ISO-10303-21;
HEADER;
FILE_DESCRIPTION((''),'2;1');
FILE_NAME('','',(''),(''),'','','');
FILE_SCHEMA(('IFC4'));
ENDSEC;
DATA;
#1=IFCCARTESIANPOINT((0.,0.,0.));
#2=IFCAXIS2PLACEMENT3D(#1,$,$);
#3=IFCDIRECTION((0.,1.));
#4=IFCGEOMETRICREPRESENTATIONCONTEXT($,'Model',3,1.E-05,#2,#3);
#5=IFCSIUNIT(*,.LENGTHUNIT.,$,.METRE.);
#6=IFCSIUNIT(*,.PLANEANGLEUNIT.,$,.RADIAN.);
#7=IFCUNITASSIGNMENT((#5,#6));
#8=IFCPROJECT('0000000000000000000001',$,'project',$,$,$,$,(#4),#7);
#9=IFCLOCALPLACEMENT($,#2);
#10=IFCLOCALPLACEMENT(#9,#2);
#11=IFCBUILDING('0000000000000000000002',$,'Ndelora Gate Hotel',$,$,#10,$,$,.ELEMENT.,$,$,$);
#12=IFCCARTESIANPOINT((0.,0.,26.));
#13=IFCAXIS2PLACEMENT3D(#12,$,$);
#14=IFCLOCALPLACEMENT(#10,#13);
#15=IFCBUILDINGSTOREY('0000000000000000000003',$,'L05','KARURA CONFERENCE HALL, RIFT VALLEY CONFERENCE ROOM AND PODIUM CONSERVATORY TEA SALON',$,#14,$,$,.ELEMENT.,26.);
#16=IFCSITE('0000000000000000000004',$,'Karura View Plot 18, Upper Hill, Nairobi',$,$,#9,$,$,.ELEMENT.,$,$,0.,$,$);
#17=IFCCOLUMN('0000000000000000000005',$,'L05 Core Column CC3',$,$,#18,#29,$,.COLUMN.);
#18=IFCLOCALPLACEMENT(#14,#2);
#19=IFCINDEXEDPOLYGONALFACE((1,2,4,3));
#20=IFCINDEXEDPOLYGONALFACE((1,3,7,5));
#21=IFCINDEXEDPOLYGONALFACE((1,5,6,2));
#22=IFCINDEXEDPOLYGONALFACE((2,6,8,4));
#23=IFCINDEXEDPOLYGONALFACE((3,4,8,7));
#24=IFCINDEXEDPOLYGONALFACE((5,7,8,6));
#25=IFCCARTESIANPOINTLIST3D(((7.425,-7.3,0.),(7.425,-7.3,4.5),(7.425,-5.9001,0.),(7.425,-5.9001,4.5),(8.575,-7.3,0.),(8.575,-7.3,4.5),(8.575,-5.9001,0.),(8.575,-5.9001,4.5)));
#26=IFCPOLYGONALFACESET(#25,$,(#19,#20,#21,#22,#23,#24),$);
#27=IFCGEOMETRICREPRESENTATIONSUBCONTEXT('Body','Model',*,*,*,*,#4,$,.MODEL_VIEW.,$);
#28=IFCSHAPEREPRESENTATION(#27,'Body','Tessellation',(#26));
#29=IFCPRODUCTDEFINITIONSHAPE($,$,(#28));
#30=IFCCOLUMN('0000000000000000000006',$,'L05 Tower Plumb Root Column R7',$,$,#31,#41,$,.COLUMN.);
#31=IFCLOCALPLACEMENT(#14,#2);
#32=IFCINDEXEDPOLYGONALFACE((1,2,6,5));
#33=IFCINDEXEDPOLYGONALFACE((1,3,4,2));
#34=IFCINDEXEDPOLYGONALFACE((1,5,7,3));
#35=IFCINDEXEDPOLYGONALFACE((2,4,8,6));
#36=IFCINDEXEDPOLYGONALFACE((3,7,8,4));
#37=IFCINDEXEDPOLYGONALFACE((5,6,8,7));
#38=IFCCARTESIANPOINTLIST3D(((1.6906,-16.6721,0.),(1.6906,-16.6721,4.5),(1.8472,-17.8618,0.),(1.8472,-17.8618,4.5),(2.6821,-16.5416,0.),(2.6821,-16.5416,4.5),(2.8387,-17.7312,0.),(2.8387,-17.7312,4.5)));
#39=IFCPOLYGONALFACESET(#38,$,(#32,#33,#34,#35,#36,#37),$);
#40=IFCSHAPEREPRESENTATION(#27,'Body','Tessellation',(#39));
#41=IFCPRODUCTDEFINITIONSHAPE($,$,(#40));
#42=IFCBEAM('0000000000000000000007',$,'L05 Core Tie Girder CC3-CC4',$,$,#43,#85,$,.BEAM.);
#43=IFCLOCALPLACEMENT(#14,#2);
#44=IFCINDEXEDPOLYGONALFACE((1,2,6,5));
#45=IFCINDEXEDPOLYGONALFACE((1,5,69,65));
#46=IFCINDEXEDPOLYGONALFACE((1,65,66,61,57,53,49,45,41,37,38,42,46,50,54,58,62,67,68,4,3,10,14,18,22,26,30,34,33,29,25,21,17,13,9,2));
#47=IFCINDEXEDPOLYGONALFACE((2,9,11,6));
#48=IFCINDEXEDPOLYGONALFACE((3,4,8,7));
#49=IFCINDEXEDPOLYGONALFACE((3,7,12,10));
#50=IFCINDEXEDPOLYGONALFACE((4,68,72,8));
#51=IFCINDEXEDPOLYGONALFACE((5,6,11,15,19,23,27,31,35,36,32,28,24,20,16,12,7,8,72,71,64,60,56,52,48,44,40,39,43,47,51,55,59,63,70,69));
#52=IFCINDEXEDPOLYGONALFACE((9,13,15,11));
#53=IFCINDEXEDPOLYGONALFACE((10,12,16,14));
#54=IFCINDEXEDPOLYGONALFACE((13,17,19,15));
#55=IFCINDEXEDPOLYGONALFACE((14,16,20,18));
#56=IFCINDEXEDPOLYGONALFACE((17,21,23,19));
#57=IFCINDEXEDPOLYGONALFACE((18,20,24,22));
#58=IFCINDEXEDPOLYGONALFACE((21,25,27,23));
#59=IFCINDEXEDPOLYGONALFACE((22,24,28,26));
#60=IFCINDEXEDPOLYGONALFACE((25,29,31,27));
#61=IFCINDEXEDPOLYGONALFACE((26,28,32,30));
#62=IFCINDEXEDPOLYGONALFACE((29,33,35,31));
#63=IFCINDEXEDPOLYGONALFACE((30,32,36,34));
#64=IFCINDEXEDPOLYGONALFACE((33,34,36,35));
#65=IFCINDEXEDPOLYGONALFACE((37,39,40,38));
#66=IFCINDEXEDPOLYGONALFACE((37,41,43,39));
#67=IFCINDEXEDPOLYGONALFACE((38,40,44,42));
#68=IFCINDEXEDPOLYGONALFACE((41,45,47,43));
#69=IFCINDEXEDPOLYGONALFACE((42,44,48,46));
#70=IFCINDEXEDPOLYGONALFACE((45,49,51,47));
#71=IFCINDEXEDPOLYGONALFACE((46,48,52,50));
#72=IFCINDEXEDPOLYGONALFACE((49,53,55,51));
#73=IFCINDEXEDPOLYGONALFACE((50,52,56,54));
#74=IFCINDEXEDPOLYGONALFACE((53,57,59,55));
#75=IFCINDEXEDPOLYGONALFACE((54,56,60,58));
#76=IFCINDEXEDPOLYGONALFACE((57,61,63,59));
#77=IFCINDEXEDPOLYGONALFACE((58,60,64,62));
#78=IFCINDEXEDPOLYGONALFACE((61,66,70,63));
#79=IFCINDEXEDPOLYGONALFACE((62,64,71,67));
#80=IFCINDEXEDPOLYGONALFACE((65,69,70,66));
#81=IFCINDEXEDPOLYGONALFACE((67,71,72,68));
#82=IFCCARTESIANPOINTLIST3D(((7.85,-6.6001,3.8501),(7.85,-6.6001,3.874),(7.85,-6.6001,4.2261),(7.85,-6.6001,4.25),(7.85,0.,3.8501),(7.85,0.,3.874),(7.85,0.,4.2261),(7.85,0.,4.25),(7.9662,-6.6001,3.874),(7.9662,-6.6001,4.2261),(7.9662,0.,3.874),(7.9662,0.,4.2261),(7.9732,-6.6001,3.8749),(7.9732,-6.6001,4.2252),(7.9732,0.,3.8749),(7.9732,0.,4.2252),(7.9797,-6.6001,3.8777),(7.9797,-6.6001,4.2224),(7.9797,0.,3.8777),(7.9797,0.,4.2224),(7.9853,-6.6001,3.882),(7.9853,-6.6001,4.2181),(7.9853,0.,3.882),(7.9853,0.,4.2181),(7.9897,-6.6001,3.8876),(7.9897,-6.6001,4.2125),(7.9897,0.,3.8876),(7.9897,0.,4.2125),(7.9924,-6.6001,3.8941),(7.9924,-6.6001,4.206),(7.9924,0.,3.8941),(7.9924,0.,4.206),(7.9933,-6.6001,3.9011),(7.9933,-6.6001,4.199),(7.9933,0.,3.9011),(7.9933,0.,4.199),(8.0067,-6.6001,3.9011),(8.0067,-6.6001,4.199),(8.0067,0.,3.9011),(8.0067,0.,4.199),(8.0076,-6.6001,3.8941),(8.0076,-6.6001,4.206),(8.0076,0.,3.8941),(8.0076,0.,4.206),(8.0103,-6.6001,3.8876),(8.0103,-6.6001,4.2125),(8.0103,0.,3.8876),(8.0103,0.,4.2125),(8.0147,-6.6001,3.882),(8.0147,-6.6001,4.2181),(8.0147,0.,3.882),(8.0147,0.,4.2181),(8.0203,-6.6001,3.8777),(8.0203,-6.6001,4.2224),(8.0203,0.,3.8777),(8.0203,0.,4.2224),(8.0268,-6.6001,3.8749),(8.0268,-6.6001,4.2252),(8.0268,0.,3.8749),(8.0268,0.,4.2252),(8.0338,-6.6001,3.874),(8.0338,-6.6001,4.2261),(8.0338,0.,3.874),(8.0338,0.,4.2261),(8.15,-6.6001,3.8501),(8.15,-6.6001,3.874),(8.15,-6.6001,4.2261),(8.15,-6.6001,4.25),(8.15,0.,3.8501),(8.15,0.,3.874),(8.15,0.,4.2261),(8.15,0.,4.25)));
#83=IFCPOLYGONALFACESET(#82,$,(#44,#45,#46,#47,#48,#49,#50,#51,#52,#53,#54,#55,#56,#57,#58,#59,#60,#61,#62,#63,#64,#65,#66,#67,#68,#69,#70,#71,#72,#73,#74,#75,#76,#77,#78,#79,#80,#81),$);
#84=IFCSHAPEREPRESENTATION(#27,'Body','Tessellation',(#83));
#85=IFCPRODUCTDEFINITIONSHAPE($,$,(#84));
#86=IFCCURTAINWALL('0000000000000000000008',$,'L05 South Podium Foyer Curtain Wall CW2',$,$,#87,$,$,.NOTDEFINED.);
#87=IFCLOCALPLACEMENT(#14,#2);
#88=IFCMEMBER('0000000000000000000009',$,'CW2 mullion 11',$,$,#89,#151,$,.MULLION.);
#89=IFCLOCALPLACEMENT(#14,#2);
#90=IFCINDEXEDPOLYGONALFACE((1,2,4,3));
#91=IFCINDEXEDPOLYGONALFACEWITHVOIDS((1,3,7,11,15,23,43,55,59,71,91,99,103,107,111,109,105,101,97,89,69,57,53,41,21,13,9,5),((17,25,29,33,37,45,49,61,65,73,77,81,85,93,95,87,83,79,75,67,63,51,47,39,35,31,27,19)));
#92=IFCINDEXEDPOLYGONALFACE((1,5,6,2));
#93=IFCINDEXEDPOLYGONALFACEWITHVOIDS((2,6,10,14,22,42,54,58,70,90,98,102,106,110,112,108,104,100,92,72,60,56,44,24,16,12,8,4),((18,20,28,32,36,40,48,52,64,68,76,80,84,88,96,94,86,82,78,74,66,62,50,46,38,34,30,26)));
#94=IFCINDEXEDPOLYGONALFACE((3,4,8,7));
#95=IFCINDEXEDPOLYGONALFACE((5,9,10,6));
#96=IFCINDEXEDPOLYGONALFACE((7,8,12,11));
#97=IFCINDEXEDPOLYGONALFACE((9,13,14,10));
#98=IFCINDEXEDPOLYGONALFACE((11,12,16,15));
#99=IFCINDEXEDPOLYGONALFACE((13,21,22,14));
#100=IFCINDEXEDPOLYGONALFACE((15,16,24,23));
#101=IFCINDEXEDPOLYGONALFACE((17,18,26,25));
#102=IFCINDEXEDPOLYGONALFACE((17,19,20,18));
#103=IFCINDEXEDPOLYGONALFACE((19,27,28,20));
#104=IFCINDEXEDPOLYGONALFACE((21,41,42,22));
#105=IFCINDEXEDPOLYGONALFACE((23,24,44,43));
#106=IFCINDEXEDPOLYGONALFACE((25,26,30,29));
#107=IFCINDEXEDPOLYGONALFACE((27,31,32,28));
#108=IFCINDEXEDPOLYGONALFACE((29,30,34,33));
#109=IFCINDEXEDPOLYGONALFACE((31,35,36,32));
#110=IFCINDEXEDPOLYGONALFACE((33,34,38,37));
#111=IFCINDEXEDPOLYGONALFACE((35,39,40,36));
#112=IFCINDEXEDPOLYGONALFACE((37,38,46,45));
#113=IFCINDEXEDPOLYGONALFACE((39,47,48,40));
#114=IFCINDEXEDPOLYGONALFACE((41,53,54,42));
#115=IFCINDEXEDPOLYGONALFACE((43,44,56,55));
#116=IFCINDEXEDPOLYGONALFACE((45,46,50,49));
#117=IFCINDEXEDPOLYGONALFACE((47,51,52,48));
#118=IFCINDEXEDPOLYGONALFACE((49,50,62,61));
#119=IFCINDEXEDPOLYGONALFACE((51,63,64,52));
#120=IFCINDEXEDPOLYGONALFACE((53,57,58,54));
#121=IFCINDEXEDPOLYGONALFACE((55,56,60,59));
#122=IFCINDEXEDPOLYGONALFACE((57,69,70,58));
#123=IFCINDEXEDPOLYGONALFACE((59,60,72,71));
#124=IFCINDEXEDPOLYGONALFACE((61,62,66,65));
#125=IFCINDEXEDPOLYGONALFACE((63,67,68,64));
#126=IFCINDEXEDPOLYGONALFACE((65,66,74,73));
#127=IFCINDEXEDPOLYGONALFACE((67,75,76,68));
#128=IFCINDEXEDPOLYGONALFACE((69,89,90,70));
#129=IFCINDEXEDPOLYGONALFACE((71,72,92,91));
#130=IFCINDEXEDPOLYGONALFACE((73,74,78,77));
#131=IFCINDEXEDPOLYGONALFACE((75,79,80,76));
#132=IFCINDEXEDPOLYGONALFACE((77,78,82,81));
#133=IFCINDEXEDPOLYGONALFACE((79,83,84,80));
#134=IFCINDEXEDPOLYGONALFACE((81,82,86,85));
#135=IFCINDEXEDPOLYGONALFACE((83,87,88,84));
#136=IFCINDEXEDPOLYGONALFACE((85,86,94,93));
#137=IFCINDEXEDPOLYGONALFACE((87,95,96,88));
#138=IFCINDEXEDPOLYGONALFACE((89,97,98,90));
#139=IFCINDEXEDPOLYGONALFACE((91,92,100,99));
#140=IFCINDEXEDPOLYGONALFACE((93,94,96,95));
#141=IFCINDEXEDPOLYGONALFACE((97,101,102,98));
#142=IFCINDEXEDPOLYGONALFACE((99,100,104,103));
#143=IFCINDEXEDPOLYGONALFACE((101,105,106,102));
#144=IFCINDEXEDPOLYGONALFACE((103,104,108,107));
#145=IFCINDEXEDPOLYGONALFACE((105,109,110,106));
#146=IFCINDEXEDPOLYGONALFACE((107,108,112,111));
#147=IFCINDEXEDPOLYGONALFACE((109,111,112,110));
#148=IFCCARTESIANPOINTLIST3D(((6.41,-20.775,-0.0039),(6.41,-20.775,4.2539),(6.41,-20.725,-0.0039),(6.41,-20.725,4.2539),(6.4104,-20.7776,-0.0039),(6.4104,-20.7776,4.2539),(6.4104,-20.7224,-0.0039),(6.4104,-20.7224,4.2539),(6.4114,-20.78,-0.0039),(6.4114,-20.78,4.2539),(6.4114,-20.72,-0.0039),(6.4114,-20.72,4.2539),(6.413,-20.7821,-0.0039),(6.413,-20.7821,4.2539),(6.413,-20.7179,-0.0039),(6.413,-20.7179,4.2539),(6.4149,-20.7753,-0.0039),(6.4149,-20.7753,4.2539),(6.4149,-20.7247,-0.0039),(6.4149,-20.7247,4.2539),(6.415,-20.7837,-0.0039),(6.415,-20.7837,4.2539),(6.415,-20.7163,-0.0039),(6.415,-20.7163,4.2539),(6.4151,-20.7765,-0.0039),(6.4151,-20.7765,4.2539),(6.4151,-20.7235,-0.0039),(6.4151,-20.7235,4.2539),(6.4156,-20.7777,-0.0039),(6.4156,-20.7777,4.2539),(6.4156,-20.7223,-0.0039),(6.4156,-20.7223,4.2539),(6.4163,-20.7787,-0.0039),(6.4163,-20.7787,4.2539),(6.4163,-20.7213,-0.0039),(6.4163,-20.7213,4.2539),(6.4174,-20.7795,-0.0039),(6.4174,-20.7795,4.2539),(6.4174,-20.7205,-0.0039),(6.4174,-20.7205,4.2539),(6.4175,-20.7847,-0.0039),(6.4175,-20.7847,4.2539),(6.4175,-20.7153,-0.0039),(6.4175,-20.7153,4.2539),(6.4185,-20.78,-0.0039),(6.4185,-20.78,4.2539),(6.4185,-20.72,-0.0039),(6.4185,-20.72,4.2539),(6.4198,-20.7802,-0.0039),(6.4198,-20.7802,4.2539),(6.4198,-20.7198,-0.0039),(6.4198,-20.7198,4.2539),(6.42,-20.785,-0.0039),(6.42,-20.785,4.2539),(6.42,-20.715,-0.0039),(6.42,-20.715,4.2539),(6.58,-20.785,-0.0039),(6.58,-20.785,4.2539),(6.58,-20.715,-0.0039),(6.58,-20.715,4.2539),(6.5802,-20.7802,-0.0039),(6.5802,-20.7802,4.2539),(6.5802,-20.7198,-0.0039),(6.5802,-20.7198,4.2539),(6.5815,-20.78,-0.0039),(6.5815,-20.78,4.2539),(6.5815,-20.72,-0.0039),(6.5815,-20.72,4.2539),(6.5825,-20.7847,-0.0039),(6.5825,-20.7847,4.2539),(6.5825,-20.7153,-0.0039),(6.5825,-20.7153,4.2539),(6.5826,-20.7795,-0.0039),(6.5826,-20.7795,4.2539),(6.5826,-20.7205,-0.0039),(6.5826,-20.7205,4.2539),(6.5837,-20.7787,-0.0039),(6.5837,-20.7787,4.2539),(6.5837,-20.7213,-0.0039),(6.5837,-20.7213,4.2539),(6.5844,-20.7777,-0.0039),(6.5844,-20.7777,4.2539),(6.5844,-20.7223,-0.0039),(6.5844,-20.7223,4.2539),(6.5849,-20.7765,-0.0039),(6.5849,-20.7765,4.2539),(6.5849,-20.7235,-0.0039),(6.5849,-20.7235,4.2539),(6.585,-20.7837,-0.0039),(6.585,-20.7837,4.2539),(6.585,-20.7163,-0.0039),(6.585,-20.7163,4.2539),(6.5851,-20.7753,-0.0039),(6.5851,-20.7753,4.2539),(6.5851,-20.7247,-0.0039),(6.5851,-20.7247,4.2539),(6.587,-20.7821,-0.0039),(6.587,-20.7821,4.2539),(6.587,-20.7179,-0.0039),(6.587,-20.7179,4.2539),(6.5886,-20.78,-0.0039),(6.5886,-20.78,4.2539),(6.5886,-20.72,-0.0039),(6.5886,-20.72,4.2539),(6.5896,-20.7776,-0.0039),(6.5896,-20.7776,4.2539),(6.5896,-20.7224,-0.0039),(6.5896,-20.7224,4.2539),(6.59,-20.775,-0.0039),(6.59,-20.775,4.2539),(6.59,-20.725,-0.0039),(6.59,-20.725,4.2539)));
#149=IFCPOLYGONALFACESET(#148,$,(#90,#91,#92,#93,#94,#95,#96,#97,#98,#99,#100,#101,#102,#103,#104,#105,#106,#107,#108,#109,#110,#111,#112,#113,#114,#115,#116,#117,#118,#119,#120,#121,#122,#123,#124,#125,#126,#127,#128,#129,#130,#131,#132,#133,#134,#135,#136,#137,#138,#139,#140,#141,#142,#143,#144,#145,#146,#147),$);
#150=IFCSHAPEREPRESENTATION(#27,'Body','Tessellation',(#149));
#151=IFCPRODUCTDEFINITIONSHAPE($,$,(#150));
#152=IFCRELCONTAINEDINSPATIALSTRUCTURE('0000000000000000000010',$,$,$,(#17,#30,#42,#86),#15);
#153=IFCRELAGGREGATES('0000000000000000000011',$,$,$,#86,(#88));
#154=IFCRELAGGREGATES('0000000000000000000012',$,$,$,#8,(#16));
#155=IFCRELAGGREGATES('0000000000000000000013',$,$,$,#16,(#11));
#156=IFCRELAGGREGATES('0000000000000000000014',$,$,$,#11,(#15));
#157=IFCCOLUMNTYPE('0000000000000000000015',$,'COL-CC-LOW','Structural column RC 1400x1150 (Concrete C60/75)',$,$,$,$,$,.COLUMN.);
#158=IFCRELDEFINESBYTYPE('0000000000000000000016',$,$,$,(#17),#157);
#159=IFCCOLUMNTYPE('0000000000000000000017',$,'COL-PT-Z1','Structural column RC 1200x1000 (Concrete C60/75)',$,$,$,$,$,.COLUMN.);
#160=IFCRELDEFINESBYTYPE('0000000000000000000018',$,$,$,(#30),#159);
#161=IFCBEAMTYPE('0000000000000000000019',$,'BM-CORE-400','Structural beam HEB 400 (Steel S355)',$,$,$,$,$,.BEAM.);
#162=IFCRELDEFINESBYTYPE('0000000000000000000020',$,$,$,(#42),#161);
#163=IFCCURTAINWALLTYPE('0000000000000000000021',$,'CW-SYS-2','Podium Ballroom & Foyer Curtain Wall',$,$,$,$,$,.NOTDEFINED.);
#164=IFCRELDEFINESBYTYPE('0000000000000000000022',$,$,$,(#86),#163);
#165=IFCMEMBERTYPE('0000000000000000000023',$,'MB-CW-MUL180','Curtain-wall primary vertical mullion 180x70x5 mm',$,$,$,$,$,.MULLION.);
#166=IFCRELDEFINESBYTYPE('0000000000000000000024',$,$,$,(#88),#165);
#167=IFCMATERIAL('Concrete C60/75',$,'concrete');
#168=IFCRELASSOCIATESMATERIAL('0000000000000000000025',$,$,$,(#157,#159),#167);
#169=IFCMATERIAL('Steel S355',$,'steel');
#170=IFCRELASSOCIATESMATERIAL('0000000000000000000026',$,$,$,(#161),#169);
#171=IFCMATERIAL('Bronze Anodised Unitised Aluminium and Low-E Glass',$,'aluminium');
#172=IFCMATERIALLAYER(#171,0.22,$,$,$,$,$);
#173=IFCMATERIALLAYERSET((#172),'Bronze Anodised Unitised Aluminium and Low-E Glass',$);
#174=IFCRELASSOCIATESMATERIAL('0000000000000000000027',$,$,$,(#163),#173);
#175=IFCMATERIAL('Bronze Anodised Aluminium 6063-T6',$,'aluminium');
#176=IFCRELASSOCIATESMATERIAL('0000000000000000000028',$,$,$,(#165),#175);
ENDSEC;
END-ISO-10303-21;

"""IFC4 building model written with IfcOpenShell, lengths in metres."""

from ifc_helpers import new_model, si_unit, direction, frame, origin, origin_2d, place, context, subcontext, project, spatial, rectangle, hollow_rectangle, i_section, extrude, material, layer, layer_set, material_profile, profile_set, type_object, element, aggregate, save


model = new_model("IFC4")

# Units and contexts
model_context = context("Model", 3, precision=1e-05, world=origin(), true_north=direction((0.0, 1.0)))
body_context = subcontext(model_context, "Body", "Model", "MODEL_VIEW")
ifc_project = project(units=[si_unit("LENGTHUNIT", "METRE"), si_unit("PLANEANGLEUNIT", "RADIAN")], contexts=[model_context])

# Site, building, storey
site_placement = place(None, origin())
site = spatial("IfcSite", under=ifc_project, at=site_placement, Name="Karura View Plot 18, Upper Hill, Nairobi", CompositionType="ELEMENT", RefElevation=0.0)
building_placement = place(site_placement, origin())
building = spatial("IfcBuilding", under=site, at=building_placement, Name="Ndelora Gate Hotel", CompositionType="ELEMENT")
storey_placement = place(building_placement, frame((0.0, 0.0, 26.0)))
storey = spatial("IfcBuildingStorey", under=building, at=storey_placement, Name="L05", Description="KARURA CONFERENCE HALL, RIFT VALLEY CONFERENCE ROOM AND PODIUM CONSERVATORY TEA SALON", CompositionType="ELEMENT", Elevation=26.0)

# Columns
ifc_material_1 = material(Name="Concrete C60/75", Category="concrete")
ifc_material_profile_1 = material_profile(ifc_material_1, rectangle(XDim=1.1499, YDim=1.3999, at=origin_2d()), Name="RC 1400x1150")
ifc_profile_set_1 = profile_set([ifc_material_profile_1], Name="Concrete C60/75")
column_type_1 = type_object("IfcColumnType", Name="COL-CC-LOW", Description="Structural column RC 1400x1150 (Concrete C60/75)", PredefinedType="COLUMN", material=ifc_profile_set_1)
column_1_placement = place(storey_placement, frame((8.0, -6.6001, 0.0), z_axis=(0.0, 0.0, 1.0), x_axis=(1.0, 0.0, 0.0)))
element("IfcColumn", 1, at=column_1_placement, inside=storey, type_object=column_type_1, Name="L05 Core Column CC3", PredefinedType="COLUMN", context=body_context, shape_type="SweptSolid", body=[
    extrude(rectangle(XDim=1.1499, YDim=1.3999, at=origin_2d()), origin(), (0.0, 0.0, 1.0), 4.5),
])
ifc_material_profile_2 = material_profile(ifc_material_1, rectangle(XDim=1.0, YDim=1.2, at=origin_2d()), Name="RC 1200x1000")
ifc_profile_set_2 = profile_set([ifc_material_profile_2], Name="Concrete C60/75")
column_type_2 = type_object("IfcColumnType", Name="COL-PT-Z1", Description="Structural column RC 1200x1000 (Concrete C60/75)", PredefinedType="COLUMN", material=ifc_profile_set_2)
column_2_placement = place(storey_placement, frame((2.2646, -17.2017, 0.0), z_axis=(0.0, 0.0, 1.0), x_axis=(0.991445, 0.130526, 0.0)))
element("IfcColumn", 2, at=column_2_placement, inside=storey, type_object=column_type_2, Name="L05 Tower Plumb Root Column R7", PredefinedType="COLUMN", context=body_context, shape_type="SweptSolid", body=[
    extrude(rectangle(XDim=1.0, YDim=1.2, at=origin_2d()), origin(), (0.0, 0.0, 1.0), 4.5),
])

# Beam
ifc_material_2 = material(Name="Steel S355", Category="steel")
ifc_material_profile_3 = material_profile(ifc_material_2, i_section(OverallWidth=0.3, OverallDepth=0.3999, WebThickness=0.0134, FlangeThickness=0.0239, FilletRadius=0.0271, at=origin_2d()), Name="HEB 400")
ifc_profile_set_3 = profile_set([ifc_material_profile_3], Name="Steel S355")
beam_type = type_object("IfcBeamType", Name="BM-CORE-400", Description="Structural beam HEB 400 (Steel S355)", PredefinedType="BEAM", material=ifc_profile_set_3)
beam_placement = place(storey_placement, frame((8.0, -6.6001, 4.05), z_axis=(0.0, 1.0, 0.0), x_axis=(-1.0, 0.0, 0.0)))
element("IfcBeam", 3, at=beam_placement, inside=storey, type_object=beam_type, Name="L05 Core Tie Girder CC3-CC4", PredefinedType="BEAM", context=body_context, shape_type="SweptSolid", body=[
    extrude(i_section(OverallWidth=0.3, OverallDepth=0.3999, WebThickness=0.0134, FlangeThickness=0.0239, FilletRadius=0.0271, at=origin_2d()), origin(), (0.0, 0.0, 1.0), 6.6001),
])

# Curtain wall, member
ifc_material_3 = material(Name="Bronze Anodised Unitised Aluminium and Low-E Glass", Category="aluminium")
ifc_layer_1 = layer(ifc_material_3, 0.22)
ifc_layer_set_1 = layer_set([ifc_layer_1], Name="Bronze Anodised Unitised Aluminium and Low-E Glass")
curtain_wall_type = type_object("IfcCurtainWallType", Name="CW-SYS-2", Description="Podium Ballroom & Foyer Curtain Wall", PredefinedType="NOTDEFINED", material=ifc_layer_set_1)
curtain_wall_placement = place(storey_placement, origin())
curtain_wall = element("IfcCurtainWall", 4, at=curtain_wall_placement, inside=storey, type_object=curtain_wall_type, Name="L05 South Podium Foyer Curtain Wall CW2", PredefinedType="NOTDEFINED")
ifc_material_4 = material(Name="Bronze Anodised Aluminium 6063-T6", Category="aluminium")
ifc_material_profile_4 = material_profile(ifc_material_4, hollow_rectangle(XDim=0.0701, YDim=0.1799, WallThickness=0.0049, InnerFilletRadius=0.0049, OuterFilletRadius=0.01, at=origin_2d()), Name="ALU 180x70x5")
ifc_profile_set_4 = profile_set([ifc_material_profile_4], Name="Bronze Anodised Aluminium 6063-T6")
member_type_1 = type_object("IfcMemberType", Name="MB-CW-MUL180", Description="Curtain-wall primary vertical mullion 180x70x5 mm", PredefinedType="MULLION", material=ifc_profile_set_4)
member_1_placement = place(storey_placement, frame((6.5, -20.75, -0.0039), z_axis=(0.0, 0.0, 1.0), x_axis=(0.0, 1.0, 0.0)))
member_1 = element("IfcMember", 5, at=member_1_placement, type_object=member_type_1, Name="CW2 mullion 11", PredefinedType="MULLION", context=body_context, shape_type="SweptSolid", body=[
    extrude(hollow_rectangle(XDim=0.0701, YDim=0.1799, WallThickness=0.0049, InnerFilletRadius=0.0049, OuterFilletRadius=0.01, at=origin_2d()), origin(), (0.0, 0.0, 1.0), 4.2578),
])
aggregate(curtain_wall, [member_1])

save(model, "model.ifc")
